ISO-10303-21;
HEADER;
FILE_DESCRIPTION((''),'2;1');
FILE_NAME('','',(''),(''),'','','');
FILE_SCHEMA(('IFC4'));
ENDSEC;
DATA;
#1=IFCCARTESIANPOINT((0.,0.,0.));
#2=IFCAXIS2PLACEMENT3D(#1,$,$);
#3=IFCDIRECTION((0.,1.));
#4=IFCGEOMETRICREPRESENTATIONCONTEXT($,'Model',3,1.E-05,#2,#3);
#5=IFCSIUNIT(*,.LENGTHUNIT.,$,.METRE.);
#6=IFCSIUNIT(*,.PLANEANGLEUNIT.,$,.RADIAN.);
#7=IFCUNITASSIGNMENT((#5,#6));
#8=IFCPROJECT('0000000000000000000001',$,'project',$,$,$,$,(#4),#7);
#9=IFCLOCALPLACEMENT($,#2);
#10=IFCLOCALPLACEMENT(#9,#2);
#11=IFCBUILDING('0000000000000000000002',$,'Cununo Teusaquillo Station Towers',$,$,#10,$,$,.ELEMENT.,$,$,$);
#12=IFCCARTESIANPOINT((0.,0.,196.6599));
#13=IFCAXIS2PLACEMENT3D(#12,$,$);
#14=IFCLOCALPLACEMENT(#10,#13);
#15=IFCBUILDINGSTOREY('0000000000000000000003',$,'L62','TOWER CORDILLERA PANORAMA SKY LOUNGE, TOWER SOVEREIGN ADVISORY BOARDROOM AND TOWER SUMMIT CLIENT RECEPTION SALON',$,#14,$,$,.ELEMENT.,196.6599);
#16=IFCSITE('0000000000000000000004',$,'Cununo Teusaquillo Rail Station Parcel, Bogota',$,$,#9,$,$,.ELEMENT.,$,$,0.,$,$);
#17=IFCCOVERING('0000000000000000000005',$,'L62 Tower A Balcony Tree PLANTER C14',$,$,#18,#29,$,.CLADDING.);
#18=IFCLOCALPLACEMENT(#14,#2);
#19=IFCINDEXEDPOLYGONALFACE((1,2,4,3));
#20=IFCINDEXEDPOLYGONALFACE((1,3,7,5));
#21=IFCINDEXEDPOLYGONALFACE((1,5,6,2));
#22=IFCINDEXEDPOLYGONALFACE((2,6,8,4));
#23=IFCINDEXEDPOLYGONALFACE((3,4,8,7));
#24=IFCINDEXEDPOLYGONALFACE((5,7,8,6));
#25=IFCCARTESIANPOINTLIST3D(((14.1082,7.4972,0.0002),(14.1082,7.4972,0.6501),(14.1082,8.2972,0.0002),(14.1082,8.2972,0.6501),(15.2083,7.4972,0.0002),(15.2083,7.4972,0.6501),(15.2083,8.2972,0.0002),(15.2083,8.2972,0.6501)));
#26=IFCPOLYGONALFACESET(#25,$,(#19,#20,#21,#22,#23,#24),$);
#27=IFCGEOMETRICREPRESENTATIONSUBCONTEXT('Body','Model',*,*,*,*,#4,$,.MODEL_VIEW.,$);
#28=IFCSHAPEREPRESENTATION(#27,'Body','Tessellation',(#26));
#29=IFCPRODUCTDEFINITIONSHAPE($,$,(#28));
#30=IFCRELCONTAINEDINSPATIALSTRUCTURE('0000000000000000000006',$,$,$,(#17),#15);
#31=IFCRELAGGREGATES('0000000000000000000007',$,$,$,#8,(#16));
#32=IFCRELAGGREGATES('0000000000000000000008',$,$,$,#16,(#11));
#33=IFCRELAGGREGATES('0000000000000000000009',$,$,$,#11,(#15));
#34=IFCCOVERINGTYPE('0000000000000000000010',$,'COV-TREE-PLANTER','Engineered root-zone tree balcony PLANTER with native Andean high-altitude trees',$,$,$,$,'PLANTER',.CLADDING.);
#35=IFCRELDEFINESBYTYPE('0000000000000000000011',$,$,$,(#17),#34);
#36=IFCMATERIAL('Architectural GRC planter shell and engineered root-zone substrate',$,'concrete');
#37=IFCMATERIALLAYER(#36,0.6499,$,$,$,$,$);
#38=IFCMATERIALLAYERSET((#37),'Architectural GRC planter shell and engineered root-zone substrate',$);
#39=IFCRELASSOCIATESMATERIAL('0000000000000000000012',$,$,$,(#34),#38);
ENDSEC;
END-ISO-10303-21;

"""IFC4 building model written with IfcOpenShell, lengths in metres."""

from ifc_helpers import new_model, si_unit, direction, frame, origin, origin_2d, place, context, subcontext, project, spatial, rectangle, extrude, source, transform, mapped, material, layer, layer_set, type_object, element, save


model = new_model("IFC4")

# Units and contexts
model_context = context("Model", 3, precision=1e-05, world=origin(), true_north=direction((0.0, 1.0)))
body_context = subcontext(model_context, "Body", "Model", "MODEL_VIEW")
ifc_project = project(units=[si_unit("LENGTHUNIT", "METRE"), si_unit("PLANEANGLEUNIT", "RADIAN")], contexts=[model_context])

# Site, building, storey
site_placement = place(None, origin())
site = spatial("IfcSite", under=ifc_project, at=site_placement, Name="Cununo Teusaquillo Rail Station Parcel, Bogota", CompositionType="ELEMENT", RefElevation=0.0)
building_placement = place(site_placement, origin())
building = spatial("IfcBuilding", under=site, at=building_placement, Name="Cununo Teusaquillo Station Towers", CompositionType="ELEMENT")
storey_placement = place(building_placement, frame((0.0, 0.0, 196.6599)))
storey = spatial("IfcBuildingStorey", under=building, at=storey_placement, Name="L62", Description="TOWER CORDILLERA PANORAMA SKY LOUNGE, TOWER SOVEREIGN ADVISORY BOARDROOM AND TOWER SUMMIT CLIENT RECEPTION SALON", CompositionType="ELEMENT", Elevation=196.6599)

# Covering
ifc_material_1 = material(Name="Architectural GRC planter shell and engineered root-zone substrate", Category="concrete")
ifc_layer_1 = layer(ifc_material_1, 0.6499)
ifc_layer_set_1 = layer_set([ifc_layer_1], Name="Architectural GRC planter shell and engineered root-zone substrate")
covering_type_1 = type_object("IfcCoveringType", Name="COV-TREE-PLANTER", Description="Engineered root-zone tree balcony PLANTER with native Andean high-altitude trees", ElementType="PLANTER", PredefinedType="CLADDING", material=ifc_layer_set_1)
shared_shape_1 = source(origin(), body_context, "Body", "SweptSolid", [
    extrude(rectangle(XDim=1.1001, YDim=0.8, at=origin_2d()), origin(), (0.0, 0.0, 1.0), 0.6499),
])
covering_1_placement = place(storey_placement, frame((14.6582, 7.8972, 0.0002), z_axis=(0.0, 0.0, 1.0), x_axis=(1.0, 0.0, 0.0)))
element("IfcCovering", 1, at=covering_1_placement, inside=storey, type_object=covering_type_1, Name="L62 Tower A Balcony Tree PLANTER C14", PredefinedType="CLADDING", context=body_context, shape_type="MappedRepresentation", body=[
    mapped(shared_shape_1, transform((0.0, 0.0, 0.0), x_axis=(1.0, 0.0, 0.0), y_axis=(0.0, 1.0, 0.0), z_axis=(0.0, 0.0, 1.0), scale=1.0)),
])

save(model, "model.ifc")
